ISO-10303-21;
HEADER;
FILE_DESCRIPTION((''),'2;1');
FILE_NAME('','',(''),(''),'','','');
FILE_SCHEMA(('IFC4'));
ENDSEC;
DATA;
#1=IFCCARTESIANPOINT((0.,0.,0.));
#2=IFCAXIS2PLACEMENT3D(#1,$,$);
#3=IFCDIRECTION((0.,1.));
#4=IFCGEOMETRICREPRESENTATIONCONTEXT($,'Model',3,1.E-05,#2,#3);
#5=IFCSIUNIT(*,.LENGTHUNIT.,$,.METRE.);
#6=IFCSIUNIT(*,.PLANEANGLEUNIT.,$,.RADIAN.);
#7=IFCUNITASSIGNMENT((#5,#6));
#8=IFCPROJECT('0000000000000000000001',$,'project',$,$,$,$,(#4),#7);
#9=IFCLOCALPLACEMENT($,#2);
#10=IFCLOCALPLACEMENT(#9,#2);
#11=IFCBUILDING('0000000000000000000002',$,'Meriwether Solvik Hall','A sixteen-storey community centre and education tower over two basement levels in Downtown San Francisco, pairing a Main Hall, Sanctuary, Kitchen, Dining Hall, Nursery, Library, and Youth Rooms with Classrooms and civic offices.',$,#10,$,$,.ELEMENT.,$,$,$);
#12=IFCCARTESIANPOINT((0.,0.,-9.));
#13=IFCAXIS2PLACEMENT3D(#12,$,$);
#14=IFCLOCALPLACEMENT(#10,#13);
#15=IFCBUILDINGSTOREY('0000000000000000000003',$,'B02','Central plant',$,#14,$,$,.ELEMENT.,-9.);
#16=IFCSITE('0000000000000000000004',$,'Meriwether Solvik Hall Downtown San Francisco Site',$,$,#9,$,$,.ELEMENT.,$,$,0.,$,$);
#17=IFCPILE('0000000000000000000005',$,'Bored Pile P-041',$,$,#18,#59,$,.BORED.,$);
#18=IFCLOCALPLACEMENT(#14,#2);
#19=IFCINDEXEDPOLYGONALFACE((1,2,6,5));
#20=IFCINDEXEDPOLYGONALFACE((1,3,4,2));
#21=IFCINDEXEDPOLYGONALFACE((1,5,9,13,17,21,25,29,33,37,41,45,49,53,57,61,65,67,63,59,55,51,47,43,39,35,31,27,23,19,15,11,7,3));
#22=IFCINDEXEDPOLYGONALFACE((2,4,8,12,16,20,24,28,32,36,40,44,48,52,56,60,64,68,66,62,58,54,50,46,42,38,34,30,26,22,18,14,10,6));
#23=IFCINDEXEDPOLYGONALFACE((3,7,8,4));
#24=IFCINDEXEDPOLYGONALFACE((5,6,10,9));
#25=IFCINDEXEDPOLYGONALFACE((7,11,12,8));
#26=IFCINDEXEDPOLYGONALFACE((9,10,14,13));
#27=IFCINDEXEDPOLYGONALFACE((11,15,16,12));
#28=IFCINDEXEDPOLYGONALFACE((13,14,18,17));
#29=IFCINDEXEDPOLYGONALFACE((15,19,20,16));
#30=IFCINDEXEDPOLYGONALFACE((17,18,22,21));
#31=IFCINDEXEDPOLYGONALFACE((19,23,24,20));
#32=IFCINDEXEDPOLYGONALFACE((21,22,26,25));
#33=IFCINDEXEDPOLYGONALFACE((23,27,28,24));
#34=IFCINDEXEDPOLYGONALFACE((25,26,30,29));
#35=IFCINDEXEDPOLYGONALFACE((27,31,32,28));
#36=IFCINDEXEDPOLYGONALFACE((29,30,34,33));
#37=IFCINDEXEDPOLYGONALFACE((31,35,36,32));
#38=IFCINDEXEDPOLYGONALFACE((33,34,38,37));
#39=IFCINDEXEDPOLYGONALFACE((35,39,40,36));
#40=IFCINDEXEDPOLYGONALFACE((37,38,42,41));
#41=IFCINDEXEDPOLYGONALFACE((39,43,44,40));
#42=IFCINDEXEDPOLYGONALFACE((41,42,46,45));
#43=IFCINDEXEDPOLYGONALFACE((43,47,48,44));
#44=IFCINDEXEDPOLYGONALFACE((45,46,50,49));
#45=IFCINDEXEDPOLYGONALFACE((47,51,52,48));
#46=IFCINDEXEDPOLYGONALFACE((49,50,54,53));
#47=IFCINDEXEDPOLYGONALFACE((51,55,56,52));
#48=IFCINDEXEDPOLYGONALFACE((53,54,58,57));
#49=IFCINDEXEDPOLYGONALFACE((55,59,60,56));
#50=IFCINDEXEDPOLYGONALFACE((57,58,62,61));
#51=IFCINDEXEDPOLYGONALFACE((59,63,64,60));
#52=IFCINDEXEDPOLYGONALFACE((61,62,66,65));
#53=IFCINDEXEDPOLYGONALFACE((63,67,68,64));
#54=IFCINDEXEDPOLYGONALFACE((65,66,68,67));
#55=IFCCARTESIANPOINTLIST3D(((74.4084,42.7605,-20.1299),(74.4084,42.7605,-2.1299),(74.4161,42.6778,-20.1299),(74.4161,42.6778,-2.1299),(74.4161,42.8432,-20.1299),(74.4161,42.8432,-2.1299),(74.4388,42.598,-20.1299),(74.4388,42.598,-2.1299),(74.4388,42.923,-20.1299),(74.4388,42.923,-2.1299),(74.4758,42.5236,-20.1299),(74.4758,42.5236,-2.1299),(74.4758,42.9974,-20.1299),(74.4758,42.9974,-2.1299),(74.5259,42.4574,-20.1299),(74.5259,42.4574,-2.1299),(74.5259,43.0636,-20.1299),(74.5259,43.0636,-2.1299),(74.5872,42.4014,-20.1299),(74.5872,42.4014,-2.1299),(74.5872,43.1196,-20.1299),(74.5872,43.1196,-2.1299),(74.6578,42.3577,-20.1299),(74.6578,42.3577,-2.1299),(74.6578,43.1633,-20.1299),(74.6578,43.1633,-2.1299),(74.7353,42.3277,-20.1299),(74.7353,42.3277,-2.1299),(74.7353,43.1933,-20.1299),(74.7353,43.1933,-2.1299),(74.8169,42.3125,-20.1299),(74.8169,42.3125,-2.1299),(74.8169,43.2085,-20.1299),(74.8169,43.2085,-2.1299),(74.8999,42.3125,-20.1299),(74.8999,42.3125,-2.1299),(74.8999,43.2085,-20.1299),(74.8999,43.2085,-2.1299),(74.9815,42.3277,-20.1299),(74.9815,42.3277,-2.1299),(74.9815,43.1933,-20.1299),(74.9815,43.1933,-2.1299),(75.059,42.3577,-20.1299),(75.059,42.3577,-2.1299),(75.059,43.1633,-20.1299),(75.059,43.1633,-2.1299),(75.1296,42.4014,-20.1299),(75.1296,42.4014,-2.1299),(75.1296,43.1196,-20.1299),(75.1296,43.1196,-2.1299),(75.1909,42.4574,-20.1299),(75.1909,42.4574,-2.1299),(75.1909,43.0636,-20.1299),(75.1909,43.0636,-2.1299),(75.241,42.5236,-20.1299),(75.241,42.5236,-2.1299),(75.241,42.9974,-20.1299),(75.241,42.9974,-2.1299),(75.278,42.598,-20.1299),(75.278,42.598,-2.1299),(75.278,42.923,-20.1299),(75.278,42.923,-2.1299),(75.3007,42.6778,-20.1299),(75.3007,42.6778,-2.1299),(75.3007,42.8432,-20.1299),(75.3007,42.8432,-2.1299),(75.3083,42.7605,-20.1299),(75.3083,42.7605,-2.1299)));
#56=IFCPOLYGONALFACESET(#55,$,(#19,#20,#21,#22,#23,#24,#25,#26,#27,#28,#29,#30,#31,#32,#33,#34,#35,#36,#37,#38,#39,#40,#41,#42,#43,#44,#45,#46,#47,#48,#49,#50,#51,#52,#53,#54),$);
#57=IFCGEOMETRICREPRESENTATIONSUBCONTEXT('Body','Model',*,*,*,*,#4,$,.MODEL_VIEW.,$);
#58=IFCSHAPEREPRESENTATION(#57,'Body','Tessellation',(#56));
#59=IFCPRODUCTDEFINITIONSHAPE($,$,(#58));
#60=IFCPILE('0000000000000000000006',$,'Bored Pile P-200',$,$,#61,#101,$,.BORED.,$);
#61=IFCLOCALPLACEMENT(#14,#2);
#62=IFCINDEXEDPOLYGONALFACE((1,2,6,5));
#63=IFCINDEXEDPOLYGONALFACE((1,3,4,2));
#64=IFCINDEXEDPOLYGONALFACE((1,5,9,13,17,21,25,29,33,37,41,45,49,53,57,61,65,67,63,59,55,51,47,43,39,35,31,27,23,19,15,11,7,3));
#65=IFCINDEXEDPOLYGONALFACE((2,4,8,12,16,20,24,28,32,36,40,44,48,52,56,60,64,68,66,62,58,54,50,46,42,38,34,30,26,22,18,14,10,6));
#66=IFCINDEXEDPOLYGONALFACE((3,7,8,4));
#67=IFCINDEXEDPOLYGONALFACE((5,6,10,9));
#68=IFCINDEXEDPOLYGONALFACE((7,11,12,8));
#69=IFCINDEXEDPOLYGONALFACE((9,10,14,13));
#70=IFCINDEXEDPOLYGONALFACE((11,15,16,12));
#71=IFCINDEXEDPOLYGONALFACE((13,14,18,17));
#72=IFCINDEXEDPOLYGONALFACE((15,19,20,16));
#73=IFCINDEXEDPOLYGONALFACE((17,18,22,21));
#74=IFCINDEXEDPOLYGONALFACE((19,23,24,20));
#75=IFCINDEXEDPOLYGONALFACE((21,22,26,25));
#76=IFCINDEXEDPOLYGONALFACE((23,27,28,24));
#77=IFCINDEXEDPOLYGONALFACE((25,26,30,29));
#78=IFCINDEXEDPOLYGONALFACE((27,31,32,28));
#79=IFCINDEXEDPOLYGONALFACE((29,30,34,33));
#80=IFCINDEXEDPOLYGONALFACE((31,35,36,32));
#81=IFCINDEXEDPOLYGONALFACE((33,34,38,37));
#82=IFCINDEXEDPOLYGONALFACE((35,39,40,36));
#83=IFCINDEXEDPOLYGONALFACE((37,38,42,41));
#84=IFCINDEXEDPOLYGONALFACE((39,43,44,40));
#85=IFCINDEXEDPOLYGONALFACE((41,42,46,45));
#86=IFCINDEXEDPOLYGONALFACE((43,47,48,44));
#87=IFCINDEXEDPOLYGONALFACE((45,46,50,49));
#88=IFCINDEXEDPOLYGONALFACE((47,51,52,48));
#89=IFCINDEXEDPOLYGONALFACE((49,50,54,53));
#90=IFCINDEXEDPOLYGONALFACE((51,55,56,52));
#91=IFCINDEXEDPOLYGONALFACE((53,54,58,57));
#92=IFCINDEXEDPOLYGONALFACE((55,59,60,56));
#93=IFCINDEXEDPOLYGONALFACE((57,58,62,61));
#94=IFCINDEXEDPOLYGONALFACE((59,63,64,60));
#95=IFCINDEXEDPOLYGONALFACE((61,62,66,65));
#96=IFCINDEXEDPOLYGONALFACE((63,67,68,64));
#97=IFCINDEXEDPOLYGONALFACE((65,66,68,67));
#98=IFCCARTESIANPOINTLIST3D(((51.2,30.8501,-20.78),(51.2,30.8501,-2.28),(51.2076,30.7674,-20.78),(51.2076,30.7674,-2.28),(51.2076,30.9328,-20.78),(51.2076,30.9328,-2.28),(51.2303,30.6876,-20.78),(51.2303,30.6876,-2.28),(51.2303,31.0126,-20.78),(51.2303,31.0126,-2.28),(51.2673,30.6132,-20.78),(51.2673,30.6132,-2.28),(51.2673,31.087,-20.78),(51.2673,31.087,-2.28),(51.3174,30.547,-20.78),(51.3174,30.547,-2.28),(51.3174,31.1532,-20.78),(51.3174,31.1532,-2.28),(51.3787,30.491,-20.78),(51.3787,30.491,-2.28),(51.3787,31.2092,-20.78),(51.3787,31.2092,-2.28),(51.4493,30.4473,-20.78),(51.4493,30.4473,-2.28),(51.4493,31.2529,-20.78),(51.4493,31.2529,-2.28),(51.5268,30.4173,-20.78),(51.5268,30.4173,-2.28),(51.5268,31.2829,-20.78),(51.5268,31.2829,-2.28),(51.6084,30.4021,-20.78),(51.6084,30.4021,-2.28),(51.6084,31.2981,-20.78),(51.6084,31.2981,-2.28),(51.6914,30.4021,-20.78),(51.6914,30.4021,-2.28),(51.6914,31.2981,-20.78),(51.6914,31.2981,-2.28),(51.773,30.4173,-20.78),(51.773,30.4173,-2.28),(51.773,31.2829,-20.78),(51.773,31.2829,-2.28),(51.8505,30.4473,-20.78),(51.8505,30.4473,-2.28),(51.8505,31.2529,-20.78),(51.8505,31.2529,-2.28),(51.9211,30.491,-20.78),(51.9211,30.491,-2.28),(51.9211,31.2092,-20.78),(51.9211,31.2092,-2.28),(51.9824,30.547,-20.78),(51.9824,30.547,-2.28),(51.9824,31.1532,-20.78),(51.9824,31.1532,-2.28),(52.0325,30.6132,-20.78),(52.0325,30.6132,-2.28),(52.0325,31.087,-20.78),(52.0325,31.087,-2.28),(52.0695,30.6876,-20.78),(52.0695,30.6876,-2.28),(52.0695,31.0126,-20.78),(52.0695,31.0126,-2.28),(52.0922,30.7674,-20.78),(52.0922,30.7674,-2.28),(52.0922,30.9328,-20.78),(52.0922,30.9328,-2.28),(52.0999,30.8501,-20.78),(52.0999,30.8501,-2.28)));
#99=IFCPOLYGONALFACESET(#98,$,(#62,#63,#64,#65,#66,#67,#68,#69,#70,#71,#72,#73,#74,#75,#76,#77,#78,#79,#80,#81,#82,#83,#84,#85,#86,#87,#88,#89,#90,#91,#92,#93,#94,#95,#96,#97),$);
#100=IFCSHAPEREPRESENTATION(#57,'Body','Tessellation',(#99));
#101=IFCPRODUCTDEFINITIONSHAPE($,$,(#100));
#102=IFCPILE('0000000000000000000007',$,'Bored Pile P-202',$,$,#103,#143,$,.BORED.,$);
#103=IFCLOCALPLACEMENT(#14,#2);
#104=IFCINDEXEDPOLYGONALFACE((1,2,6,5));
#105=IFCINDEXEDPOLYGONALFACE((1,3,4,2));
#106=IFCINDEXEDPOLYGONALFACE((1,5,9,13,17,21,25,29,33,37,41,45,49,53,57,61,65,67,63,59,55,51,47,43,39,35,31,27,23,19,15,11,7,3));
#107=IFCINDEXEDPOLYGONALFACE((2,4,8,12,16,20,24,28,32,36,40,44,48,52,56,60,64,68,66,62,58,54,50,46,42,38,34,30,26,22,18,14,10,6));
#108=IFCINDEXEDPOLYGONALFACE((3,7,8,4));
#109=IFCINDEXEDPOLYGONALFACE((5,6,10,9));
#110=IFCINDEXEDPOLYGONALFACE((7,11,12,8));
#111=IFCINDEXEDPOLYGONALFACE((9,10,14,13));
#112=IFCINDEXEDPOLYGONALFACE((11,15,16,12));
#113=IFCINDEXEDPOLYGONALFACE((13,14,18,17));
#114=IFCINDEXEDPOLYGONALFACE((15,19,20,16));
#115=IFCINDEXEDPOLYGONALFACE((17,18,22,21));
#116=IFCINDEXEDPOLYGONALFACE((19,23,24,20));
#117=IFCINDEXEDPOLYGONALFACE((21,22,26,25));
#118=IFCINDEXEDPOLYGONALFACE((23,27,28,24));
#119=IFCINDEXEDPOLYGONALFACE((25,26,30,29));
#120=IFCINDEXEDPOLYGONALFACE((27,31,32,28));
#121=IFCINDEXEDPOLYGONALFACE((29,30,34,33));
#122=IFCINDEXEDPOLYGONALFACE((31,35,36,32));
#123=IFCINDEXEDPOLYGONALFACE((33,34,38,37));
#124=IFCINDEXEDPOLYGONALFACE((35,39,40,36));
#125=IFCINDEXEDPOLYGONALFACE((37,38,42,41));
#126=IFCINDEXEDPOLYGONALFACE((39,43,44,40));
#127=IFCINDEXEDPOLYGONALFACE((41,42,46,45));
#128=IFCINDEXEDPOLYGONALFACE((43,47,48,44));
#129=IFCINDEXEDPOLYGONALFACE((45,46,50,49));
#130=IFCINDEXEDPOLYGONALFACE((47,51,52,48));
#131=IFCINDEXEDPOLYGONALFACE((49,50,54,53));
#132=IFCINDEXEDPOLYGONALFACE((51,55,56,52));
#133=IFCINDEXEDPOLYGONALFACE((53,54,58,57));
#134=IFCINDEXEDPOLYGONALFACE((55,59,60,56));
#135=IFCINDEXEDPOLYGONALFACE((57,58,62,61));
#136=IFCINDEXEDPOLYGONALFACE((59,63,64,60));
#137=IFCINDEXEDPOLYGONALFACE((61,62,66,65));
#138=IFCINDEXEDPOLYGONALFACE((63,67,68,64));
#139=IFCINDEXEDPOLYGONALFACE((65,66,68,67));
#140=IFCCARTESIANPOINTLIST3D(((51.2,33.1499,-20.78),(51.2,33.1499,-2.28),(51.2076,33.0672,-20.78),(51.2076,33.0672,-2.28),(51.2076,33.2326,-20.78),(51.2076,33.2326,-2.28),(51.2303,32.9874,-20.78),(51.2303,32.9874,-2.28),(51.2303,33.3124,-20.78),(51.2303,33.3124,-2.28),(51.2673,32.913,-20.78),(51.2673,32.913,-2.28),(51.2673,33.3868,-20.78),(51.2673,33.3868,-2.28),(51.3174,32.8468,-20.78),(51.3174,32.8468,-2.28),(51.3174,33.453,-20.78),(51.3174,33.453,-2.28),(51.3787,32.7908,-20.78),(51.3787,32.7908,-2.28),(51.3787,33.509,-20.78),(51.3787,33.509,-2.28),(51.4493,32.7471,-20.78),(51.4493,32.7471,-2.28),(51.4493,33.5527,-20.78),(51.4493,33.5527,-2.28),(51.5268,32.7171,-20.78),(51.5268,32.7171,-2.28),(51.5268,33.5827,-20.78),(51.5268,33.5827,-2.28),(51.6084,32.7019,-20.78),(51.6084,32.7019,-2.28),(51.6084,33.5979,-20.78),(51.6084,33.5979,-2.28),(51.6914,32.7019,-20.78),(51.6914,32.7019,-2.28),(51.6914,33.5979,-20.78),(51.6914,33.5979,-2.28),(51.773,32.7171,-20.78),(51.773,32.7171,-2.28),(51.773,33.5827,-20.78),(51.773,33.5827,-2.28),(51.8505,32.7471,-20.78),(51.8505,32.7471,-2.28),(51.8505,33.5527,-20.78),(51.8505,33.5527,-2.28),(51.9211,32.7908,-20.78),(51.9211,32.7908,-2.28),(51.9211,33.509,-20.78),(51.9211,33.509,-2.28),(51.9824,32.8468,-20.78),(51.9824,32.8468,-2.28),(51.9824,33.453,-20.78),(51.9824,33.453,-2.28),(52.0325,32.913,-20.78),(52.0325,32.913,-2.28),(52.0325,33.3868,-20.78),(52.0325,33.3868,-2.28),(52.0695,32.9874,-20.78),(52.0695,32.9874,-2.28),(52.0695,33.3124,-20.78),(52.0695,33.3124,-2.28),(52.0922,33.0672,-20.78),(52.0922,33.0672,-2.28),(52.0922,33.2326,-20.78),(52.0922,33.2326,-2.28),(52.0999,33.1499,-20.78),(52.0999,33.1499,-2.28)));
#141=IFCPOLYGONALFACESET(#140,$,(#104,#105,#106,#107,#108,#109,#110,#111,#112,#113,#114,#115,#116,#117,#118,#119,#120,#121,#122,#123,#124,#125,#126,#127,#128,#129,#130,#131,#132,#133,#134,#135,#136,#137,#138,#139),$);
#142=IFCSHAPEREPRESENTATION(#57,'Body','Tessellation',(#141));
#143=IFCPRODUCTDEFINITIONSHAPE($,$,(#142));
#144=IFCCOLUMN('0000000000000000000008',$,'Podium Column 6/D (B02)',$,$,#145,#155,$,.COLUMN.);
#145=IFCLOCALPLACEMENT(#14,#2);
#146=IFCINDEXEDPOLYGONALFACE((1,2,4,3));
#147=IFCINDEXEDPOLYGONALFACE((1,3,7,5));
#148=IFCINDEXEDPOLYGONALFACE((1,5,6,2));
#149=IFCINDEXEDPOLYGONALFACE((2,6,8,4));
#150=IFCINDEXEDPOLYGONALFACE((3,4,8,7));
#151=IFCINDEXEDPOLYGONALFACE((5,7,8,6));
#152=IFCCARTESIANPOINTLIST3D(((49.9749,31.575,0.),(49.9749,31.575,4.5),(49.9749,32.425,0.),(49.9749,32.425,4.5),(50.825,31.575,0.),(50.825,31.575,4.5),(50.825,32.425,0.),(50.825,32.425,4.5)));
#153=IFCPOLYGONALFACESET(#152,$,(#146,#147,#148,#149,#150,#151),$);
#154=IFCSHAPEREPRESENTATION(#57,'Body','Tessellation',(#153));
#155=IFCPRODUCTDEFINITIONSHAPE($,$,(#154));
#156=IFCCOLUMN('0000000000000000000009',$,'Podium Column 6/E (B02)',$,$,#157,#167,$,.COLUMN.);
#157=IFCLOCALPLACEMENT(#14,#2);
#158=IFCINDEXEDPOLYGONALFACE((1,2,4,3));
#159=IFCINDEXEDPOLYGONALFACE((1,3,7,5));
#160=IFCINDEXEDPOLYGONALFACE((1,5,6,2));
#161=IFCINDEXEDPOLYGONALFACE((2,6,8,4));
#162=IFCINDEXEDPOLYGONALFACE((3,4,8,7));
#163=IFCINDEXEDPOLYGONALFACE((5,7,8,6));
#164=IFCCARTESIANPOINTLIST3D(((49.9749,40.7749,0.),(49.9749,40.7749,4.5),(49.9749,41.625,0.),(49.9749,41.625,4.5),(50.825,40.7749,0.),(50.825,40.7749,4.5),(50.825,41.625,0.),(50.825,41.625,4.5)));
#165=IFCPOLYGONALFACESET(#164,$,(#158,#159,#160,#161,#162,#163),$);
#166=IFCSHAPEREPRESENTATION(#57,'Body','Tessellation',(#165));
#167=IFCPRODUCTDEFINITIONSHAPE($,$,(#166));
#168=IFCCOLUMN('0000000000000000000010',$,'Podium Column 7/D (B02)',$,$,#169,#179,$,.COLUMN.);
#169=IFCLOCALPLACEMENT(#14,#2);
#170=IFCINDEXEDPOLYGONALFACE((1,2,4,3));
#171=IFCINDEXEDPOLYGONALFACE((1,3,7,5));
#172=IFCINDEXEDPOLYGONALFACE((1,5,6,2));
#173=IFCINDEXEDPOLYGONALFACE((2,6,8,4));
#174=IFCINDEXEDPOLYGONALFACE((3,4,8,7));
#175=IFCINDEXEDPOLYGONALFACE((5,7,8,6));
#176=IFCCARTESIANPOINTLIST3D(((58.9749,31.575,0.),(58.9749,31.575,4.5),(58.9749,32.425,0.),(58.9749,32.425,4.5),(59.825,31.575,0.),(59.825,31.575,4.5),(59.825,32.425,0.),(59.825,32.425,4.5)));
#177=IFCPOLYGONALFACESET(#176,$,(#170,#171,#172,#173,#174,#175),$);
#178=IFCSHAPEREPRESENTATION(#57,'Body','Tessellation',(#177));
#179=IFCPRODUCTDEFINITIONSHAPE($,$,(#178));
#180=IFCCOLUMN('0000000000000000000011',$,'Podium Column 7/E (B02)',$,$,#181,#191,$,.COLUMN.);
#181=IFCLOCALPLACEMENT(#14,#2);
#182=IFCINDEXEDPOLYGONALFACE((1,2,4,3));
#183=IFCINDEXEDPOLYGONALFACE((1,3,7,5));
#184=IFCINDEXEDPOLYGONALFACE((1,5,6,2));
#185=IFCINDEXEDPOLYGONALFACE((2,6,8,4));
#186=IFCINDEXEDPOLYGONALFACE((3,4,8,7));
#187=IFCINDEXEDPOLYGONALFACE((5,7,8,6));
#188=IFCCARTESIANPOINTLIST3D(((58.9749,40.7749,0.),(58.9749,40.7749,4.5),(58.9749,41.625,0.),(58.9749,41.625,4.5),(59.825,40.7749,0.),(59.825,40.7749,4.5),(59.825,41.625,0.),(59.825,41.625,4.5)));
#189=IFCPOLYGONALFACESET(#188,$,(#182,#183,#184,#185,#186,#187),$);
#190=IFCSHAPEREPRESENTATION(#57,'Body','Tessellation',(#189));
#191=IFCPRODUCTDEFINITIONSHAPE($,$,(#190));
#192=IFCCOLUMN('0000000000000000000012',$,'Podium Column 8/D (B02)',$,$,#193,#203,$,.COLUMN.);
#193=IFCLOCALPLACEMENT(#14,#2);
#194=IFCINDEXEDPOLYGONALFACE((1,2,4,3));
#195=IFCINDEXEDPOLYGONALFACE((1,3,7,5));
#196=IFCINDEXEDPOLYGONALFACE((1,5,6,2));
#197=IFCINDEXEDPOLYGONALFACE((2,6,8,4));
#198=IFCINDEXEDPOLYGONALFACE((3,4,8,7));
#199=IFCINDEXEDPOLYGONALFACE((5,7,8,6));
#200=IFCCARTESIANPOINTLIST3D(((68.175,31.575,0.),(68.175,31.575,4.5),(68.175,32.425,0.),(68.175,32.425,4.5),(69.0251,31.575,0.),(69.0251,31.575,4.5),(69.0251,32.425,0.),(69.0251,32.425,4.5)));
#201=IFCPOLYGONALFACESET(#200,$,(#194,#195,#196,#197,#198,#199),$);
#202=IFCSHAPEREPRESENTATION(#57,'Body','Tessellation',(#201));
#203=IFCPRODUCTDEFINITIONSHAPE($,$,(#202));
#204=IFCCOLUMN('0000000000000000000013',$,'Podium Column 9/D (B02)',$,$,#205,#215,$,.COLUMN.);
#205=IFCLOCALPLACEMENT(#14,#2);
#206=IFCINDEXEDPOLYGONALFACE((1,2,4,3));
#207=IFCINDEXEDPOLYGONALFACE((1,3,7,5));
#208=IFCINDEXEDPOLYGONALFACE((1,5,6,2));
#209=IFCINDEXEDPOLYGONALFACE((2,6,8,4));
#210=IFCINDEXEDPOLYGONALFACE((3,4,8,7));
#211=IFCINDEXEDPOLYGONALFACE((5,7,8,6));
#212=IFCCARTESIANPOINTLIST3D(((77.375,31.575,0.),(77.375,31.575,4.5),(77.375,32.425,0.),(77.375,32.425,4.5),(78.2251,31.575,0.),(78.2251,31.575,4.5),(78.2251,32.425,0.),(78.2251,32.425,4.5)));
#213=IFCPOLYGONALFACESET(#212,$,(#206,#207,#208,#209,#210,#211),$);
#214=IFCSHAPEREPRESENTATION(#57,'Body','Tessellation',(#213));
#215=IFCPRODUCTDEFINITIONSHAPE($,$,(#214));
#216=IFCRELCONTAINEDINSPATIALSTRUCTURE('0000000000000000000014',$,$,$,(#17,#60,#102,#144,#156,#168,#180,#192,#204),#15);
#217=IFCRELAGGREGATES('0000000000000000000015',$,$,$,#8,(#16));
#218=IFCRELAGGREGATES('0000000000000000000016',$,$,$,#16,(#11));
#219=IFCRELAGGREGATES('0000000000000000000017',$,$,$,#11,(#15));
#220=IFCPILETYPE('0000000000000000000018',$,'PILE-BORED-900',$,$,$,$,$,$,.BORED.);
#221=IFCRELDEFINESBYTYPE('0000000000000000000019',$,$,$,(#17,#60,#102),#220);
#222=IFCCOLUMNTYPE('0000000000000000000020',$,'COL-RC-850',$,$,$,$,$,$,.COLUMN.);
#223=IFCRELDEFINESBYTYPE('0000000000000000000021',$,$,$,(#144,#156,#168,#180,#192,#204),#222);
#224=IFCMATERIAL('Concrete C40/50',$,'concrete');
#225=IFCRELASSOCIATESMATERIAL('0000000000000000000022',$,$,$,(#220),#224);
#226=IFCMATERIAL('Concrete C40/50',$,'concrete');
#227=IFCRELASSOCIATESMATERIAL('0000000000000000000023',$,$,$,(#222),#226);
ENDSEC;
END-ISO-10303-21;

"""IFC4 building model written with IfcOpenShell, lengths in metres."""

from ifc_helpers import new_model, si_unit, direction, frame, origin, origin_2d, place, context, subcontext, project, spatial, rectangle, circle, extrude, material, material_profile, profile_set, type_object, element, save


model = new_model("IFC4")

# Units and contexts
model_context = context("Model", 3, precision=1e-05, world=origin(), true_north=direction((0.0, 1.0)))
body_context = subcontext(model_context, "Body", "Model", "MODEL_VIEW")
ifc_project = project(units=[si_unit("LENGTHUNIT", "METRE"), si_unit("PLANEANGLEUNIT", "RADIAN")], contexts=[model_context])

# Site, building, storey
site_placement = place(None, origin())
site = spatial("IfcSite", under=ifc_project, at=site_placement, Name="Meriwether Solvik Hall Downtown San Francisco Site", CompositionType="ELEMENT", RefElevation=0.0)
building_placement = place(site_placement, origin())
building = spatial("IfcBuilding", under=site, at=building_placement, Name="Meriwether Solvik Hall", Description="A sixteen-storey community centre and education tower over two basement levels in Downtown San Francisco, pairing a Main Hall, Sanctuary, Kitchen, Dining Hall, Nursery, Library, and Youth Rooms with Classrooms and civic offices.", CompositionType="ELEMENT")
storey_placement = place(building_placement, frame((0.0, 0.0, -9.0)))
storey = spatial("IfcBuildingStorey", under=building, at=storey_placement, Name="B02", Description="Central plant", CompositionType="ELEMENT", Elevation=-9.0)

# Piles
ifc_material_1 = material(Name="Concrete C40/50", Category="concrete")
ifc_material_profile_1 = material_profile(ifc_material_1, circle(Radius=0.45, at=origin_2d()), Name="PILE-D900")
ifc_profile_set_1 = profile_set([ifc_material_profile_1], Name="Concrete C40/50")
pile_type_1 = type_object("IfcPileType", Name="PILE-BORED-900", PredefinedType="BORED", material=ifc_profile_set_1)
pile_1_placement = place(storey_placement, frame((74.8584, 42.7605, -2.1299), z_axis=(0.0, 0.0, -1.0), x_axis=(1.0, 0.0, 0.0)))
element("IfcPile", 1, at=pile_1_placement, inside=storey, type_object=pile_type_1, Name="Bored Pile P-041", PredefinedType="BORED", context=body_context, shape_type="SweptSolid", body=[
    extrude(circle(Radius=0.45, at=origin_2d()), origin(), (0.0, 0.0, 1.0), 18.0),
])
for number, where, z_axis, x_axis, name in (
    (2, (51.6499, 30.8501, -2.28), (0.0, 0.0, -1.0), (1.0, 0.0, 0.0), "Bored Pile P-200"),
    (3, (51.6499, 33.1499, -2.28), (0.0, 0.0, -1.0), (1.0, 0.0, 0.0), "Bored Pile P-202"),
):
    element("IfcPile", number, at=place(storey_placement, frame(where, z_axis=z_axis, x_axis=x_axis)), inside=storey, type_object=pile_type_1, Name=name, PredefinedType="BORED", context=body_context, shape_type="SweptSolid", body=[
        extrude(circle(Radius=0.45, at=origin_2d()), origin(), (0.0, 0.0, 1.0), 18.5),
    ])

# Columns
ifc_material_2 = material(Name="Concrete C40/50", Category="concrete")
ifc_material_profile_2 = material_profile(ifc_material_2, rectangle(XDim=0.8501, YDim=0.8501, at=origin_2d()), Name="RCC-850X850")
ifc_profile_set_2 = profile_set([ifc_material_profile_2], Name="Concrete C40/50")
column_type_1 = type_object("IfcColumnType", Name="COL-RC-850", PredefinedType="COLUMN", material=ifc_profile_set_2)
for number, where, z_axis, x_axis, name in (
    (4, (50.3999, 32.0, 0.0), (0.0, 0.0, 1.0), (1.0, 0.0, 0.0), "Podium Column 6/D (B02)"),
    (5, (50.3999, 41.2, 0.0), (0.0, 0.0, 1.0), (1.0, 0.0, 0.0), "Podium Column 6/E (B02)"),
    (6, (59.3999, 32.0, 0.0), (0.0, 0.0, 1.0), (1.0, 0.0, 0.0), "Podium Column 7/D (B02)"),
    (7, (59.3999, 41.2, 0.0), (0.0, 0.0, 1.0), (1.0, 0.0, 0.0), "Podium Column 7/E (B02)"),
    (8, (68.6001, 32.0, 0.0), (0.0, 0.0, 1.0), (1.0, 0.0, 0.0), "Podium Column 8/D (B02)"),
    (9, (77.8, 32.0, 0.0), (0.0, 0.0, 1.0), (1.0, 0.0, 0.0), "Podium Column 9/D (B02)"),
):
    element("IfcColumn", number, at=place(storey_placement, frame(where, z_axis=z_axis, x_axis=x_axis)), inside=storey, type_object=column_type_1, Name=name, PredefinedType="COLUMN", context=body_context, shape_type="SweptSolid", body=[
        extrude(rectangle(XDim=0.8501, YDim=0.8501, at=origin_2d()), origin(), (0.0, 0.0, 1.0), 4.5),
    ])

save(model, "model.ifc")
